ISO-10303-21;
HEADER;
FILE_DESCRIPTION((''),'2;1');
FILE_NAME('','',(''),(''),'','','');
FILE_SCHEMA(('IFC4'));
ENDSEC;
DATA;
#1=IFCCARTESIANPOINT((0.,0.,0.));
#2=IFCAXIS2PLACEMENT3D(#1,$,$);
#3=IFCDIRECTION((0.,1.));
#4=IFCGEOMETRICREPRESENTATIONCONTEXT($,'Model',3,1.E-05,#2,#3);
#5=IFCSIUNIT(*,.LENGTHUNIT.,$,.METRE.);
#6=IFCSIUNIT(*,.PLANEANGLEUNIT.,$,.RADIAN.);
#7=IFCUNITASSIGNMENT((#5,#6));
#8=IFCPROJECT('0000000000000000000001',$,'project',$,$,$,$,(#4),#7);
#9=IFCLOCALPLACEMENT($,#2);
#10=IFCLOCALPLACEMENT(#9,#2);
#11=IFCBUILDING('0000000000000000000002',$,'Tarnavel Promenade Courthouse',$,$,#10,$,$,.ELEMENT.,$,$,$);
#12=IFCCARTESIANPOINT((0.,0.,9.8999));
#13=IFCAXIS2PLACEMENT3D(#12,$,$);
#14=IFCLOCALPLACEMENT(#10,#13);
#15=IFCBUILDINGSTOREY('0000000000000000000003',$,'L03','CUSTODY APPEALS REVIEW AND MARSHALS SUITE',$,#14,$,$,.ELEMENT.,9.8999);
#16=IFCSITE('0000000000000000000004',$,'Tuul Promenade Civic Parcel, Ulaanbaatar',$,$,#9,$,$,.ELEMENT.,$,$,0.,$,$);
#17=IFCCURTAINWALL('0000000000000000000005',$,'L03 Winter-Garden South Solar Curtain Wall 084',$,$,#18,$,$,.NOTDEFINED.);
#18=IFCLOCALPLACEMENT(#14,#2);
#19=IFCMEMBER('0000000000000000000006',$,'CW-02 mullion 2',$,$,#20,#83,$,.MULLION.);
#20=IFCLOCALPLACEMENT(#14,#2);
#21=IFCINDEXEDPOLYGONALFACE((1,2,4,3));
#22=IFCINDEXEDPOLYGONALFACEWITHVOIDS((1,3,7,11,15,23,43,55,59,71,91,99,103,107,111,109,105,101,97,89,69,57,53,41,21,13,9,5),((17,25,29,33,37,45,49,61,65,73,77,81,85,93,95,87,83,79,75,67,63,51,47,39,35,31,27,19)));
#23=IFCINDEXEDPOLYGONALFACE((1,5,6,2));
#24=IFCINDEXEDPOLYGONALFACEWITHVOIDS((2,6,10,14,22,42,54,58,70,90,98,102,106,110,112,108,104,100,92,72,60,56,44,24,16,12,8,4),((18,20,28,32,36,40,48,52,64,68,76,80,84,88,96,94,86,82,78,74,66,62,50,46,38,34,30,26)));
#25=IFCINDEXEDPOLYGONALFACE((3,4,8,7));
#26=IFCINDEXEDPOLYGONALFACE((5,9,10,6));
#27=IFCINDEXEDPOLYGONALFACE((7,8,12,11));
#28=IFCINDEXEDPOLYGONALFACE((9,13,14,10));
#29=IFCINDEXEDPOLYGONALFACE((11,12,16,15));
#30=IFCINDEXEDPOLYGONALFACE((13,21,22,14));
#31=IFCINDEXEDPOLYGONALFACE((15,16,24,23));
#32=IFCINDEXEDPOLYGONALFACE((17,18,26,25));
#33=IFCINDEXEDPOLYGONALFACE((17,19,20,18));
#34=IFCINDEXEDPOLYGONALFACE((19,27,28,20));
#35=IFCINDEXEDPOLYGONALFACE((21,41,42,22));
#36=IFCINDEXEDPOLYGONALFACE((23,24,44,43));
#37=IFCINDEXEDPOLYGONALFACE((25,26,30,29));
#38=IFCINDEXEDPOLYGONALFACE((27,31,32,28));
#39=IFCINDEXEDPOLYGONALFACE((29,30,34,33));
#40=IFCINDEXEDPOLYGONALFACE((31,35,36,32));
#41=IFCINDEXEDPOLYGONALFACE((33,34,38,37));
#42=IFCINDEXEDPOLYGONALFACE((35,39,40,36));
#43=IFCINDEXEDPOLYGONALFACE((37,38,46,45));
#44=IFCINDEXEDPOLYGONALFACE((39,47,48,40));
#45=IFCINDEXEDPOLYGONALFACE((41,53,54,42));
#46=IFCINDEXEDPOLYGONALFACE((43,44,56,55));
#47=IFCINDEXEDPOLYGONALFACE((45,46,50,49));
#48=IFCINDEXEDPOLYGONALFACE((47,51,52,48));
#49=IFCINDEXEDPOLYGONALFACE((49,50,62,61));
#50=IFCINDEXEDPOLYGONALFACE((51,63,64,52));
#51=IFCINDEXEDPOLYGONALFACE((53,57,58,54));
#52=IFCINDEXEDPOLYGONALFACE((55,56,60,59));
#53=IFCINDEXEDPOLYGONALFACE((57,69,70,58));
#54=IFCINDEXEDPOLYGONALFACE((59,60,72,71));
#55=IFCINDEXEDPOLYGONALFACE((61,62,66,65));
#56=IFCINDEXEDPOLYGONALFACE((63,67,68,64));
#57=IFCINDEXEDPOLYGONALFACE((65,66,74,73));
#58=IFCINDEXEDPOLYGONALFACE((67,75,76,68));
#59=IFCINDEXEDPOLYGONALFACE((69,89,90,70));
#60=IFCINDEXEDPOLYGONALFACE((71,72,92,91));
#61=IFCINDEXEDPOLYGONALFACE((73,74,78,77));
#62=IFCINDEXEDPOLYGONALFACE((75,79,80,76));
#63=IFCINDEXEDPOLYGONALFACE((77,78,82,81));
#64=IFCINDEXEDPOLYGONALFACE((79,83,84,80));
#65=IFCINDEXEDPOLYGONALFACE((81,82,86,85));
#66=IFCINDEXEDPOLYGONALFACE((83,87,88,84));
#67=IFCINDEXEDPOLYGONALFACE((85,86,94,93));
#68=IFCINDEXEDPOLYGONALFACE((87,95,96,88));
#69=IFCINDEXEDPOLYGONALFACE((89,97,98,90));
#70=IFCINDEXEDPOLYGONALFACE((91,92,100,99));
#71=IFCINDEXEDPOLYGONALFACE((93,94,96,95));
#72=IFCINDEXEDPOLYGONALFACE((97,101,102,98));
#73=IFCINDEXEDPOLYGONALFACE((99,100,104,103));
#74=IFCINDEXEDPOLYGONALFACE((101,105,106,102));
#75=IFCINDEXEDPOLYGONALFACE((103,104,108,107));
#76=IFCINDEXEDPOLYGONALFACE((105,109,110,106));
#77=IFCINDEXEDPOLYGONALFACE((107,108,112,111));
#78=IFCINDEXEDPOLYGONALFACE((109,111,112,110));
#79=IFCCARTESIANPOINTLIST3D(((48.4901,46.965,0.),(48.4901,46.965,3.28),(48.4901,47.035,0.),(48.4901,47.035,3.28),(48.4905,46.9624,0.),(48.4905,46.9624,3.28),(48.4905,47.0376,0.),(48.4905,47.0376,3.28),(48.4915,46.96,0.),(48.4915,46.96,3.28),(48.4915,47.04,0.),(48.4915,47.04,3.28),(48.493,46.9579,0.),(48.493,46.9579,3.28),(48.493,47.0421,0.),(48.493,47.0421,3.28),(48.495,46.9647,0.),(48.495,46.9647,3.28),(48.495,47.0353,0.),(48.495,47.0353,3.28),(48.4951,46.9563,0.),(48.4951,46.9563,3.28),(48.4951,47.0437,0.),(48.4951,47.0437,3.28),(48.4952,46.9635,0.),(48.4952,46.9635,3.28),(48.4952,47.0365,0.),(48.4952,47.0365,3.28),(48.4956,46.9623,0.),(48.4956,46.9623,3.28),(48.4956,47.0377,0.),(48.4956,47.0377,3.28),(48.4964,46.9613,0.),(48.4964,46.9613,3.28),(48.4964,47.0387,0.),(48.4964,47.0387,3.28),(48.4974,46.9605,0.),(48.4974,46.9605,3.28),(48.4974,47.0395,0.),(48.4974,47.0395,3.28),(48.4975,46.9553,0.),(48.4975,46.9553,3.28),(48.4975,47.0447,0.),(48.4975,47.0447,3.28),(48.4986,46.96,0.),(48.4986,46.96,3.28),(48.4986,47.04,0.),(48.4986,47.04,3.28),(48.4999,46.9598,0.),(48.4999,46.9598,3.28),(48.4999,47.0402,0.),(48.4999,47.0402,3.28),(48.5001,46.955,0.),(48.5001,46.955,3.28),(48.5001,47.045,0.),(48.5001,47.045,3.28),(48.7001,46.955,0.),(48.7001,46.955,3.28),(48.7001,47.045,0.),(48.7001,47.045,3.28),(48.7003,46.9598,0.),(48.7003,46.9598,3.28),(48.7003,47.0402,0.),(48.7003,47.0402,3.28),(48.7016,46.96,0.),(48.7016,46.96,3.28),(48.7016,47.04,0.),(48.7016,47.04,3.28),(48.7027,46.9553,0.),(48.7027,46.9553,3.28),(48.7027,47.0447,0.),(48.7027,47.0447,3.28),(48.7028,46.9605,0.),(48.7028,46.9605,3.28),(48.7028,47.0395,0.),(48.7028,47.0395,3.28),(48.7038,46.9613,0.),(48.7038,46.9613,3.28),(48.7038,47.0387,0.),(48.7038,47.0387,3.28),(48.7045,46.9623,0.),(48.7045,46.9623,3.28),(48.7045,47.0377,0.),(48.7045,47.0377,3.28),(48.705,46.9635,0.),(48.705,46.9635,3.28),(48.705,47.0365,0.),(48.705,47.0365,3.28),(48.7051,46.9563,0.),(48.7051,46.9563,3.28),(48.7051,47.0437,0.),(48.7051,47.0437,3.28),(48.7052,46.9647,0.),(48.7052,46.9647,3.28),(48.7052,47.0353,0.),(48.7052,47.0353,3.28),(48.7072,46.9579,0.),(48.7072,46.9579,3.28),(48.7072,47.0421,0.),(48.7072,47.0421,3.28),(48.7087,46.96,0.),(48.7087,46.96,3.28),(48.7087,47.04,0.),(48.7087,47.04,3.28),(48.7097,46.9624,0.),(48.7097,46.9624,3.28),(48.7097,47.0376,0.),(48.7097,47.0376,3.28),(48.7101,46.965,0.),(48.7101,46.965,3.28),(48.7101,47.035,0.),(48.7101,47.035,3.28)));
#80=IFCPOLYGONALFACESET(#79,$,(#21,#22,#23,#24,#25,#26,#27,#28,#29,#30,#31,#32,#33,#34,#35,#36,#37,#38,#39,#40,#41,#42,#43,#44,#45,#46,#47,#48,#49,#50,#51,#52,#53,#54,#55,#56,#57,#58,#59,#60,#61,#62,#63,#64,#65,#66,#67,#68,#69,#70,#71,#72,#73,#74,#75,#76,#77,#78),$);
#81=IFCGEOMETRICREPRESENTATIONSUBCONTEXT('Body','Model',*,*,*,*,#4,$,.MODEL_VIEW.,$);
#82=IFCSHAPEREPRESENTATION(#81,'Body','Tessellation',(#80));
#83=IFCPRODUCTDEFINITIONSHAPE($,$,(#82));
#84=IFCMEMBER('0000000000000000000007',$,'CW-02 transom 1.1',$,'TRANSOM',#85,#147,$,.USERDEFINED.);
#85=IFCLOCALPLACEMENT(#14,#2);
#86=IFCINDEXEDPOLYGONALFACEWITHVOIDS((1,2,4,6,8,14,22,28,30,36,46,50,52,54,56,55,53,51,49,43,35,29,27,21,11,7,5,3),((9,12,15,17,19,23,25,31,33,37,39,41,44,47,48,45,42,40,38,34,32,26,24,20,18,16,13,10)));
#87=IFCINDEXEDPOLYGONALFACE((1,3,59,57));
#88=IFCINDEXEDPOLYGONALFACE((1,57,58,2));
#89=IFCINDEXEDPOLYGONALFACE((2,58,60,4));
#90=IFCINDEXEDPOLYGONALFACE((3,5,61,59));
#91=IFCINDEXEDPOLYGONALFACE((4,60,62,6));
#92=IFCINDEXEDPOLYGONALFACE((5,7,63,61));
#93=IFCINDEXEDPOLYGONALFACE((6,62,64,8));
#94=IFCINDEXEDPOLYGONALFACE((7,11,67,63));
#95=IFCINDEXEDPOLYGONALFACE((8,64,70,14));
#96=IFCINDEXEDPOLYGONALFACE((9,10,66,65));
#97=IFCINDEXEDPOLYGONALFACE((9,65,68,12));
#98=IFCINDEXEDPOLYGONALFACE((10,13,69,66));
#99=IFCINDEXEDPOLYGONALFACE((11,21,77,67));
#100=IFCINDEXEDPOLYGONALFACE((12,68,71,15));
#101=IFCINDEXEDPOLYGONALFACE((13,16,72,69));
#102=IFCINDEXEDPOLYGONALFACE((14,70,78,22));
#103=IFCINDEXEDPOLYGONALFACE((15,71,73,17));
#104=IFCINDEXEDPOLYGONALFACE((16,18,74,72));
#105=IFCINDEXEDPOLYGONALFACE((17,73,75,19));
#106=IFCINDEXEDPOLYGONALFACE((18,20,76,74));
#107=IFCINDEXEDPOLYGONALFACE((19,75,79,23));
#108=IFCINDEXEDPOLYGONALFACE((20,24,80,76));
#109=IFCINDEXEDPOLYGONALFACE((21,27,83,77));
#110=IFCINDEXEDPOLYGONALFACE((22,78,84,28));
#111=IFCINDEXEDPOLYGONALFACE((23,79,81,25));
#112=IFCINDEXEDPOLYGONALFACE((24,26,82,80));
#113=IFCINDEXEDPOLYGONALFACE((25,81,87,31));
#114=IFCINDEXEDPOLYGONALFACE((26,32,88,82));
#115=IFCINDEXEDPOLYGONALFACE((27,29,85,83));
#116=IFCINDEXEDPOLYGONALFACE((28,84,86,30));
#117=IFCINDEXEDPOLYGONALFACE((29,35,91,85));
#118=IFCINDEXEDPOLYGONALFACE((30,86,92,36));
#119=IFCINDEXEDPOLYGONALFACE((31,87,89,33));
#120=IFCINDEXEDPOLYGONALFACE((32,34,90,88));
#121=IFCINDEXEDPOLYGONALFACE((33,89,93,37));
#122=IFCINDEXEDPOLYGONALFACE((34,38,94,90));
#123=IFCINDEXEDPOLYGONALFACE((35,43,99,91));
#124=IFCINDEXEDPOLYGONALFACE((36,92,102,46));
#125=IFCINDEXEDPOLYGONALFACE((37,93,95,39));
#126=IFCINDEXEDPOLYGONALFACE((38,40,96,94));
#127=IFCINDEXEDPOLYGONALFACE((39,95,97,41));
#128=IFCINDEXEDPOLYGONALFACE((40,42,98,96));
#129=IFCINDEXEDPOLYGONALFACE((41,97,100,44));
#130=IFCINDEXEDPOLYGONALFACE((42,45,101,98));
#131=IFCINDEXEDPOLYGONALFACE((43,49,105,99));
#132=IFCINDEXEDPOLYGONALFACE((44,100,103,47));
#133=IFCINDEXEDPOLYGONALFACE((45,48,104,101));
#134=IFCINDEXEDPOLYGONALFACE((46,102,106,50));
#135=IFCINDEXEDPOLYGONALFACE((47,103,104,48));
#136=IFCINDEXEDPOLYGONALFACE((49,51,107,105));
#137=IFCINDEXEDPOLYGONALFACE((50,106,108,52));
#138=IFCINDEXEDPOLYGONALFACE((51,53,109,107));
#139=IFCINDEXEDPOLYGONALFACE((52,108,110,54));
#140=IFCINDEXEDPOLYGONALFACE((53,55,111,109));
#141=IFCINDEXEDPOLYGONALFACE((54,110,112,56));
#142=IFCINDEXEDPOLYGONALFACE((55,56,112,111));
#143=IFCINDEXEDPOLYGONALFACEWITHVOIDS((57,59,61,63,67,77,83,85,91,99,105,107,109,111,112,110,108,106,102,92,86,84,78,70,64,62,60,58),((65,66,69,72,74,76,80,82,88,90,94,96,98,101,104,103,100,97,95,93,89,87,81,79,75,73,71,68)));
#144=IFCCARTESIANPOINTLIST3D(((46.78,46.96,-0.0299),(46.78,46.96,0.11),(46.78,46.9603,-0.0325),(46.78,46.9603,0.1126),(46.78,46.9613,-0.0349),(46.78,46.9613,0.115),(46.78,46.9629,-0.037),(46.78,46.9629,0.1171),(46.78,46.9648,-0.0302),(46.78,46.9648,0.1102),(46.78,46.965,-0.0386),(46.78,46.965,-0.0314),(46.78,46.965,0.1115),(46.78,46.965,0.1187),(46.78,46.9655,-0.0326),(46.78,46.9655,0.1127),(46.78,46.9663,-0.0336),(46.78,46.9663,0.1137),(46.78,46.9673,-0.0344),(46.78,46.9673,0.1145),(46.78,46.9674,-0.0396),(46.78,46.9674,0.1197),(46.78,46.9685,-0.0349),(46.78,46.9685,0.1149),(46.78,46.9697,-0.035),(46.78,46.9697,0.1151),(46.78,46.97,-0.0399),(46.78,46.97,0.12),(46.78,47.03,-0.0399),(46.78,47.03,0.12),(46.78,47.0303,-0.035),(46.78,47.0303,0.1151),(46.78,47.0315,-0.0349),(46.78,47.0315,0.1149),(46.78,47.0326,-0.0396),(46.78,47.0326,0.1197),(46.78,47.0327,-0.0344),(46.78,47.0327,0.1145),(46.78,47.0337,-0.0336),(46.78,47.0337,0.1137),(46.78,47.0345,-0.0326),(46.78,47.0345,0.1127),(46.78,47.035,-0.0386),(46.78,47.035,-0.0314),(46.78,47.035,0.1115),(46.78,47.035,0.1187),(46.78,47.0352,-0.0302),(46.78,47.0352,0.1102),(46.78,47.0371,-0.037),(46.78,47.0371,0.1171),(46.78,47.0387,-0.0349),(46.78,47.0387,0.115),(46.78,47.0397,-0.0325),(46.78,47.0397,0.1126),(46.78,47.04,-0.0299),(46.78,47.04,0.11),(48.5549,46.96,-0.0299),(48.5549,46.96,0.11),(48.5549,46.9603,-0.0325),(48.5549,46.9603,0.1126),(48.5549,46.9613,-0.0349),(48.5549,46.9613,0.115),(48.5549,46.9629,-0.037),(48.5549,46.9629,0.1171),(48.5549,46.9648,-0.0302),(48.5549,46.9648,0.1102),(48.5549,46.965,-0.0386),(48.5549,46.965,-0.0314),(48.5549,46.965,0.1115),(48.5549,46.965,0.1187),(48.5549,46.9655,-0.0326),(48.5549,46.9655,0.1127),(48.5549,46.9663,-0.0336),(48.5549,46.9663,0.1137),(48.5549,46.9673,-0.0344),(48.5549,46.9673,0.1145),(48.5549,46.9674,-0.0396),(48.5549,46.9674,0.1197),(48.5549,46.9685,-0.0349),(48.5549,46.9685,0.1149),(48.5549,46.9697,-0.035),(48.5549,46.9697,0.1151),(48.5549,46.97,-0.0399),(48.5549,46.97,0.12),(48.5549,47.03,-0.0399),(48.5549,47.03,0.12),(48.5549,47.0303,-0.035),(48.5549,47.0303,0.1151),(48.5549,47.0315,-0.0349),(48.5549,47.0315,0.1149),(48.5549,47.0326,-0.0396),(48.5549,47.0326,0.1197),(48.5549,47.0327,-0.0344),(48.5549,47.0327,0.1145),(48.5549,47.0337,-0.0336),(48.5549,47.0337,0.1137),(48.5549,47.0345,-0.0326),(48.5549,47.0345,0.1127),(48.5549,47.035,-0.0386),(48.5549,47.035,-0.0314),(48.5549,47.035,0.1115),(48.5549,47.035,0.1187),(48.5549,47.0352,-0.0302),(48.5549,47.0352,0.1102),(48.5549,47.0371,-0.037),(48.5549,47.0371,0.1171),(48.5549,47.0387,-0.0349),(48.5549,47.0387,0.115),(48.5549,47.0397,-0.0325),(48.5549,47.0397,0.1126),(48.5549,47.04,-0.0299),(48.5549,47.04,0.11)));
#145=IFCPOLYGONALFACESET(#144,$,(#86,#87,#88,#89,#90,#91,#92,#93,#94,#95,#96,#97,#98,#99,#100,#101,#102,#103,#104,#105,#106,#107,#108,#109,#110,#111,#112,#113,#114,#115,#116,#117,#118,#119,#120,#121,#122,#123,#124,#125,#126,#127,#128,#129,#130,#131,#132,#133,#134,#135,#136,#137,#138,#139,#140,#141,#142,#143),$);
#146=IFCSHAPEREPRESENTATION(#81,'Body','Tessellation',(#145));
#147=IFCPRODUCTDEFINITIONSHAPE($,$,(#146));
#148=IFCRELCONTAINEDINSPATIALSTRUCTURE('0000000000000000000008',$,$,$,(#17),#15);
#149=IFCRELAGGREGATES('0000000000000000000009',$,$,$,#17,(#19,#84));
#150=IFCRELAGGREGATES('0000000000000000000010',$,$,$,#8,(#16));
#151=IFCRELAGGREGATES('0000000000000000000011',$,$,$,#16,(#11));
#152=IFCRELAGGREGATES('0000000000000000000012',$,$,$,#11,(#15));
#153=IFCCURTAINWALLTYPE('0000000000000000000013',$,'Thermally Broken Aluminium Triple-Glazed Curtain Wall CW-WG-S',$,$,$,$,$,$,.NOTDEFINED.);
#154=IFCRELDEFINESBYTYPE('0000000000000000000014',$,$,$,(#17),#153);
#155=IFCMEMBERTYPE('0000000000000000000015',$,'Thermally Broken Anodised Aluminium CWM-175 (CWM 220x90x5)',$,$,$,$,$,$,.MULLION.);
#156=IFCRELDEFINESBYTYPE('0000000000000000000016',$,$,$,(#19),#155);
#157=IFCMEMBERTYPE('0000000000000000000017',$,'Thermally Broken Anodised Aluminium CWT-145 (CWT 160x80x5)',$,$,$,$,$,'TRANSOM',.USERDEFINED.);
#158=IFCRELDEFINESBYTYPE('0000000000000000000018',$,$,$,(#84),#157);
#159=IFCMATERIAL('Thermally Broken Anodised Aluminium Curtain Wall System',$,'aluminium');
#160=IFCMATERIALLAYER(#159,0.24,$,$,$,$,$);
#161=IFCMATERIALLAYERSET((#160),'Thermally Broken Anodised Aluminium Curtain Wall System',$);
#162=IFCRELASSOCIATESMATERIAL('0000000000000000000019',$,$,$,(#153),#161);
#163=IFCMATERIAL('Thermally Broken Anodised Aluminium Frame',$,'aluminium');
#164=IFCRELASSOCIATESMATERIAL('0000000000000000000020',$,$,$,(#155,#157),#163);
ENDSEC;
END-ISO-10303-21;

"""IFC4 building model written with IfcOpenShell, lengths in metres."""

from ifc_helpers import new_model, si_unit, direction, frame, origin, origin_2d, place, context, subcontext, project, spatial, hollow_rectangle, extrude, material, layer, layer_set, material_profile, profile_set, type_object, element, aggregate, save


model = new_model("IFC4")

# Units and contexts
model_context = context("Model", 3, precision=1e-05, world=origin(), true_north=direction((0.0, 1.0)))
body_context = subcontext(model_context, "Body", "Model", "MODEL_VIEW")
ifc_project = project(units=[si_unit("LENGTHUNIT", "METRE"), si_unit("PLANEANGLEUNIT", "RADIAN")], contexts=[model_context])

# Site, building, storey
site_placement = place(None, origin())
site = spatial("IfcSite", under=ifc_project, at=site_placement, Name="Tuul Promenade Civic Parcel, Ulaanbaatar", CompositionType="ELEMENT", RefElevation=0.0)
building_placement = place(site_placement, origin())
building = spatial("IfcBuilding", under=site, at=building_placement, Name="Tarnavel Promenade Courthouse", CompositionType="ELEMENT")
storey_placement = place(building_placement, frame((0.0, 0.0, 9.8999)))
storey = spatial("IfcBuildingStorey", under=building, at=storey_placement, Name="L03", Description="CUSTODY APPEALS REVIEW AND MARSHALS SUITE", CompositionType="ELEMENT", Elevation=9.8999)

# Shared definitions
ifc_material_1 = material(Name="Thermally Broken Anodised Aluminium Curtain Wall System", Category="aluminium")
ifc_layer_1 = layer(ifc_material_1, 0.24)
ifc_layer_set_1 = layer_set([ifc_layer_1], Name="Thermally Broken Anodised Aluminium Curtain Wall System")
curtain_wall_type = type_object("IfcCurtainWallType", Name="Thermally Broken Aluminium Triple-Glazed Curtain Wall CW-WG-S", PredefinedType="NOTDEFINED", material=ifc_layer_set_1)
ifc_material_2 = material(Name="Thermally Broken Anodised Aluminium Frame", Category="aluminium")
ifc_material_profile_1 = material_profile(ifc_material_2, hollow_rectangle(XDim=0.0901, YDim=0.22, WallThickness=0.0049, InnerFilletRadius=0.0049, OuterFilletRadius=0.01, at=origin_2d()), Name="CWM 220x90x5")
ifc_profile_set_1 = profile_set([ifc_material_profile_1], Name="Thermally Broken Anodised Aluminium Frame")
member_type_1 = type_object("IfcMemberType", Name="Thermally Broken Anodised Aluminium CWM-175 (CWM 220x90x5)", PredefinedType="MULLION", material=ifc_profile_set_1)

# Curtain wall, members
curtain_wall_1_placement = place(storey_placement, origin())
curtain_wall_1 = element("IfcCurtainWall", 1, at=curtain_wall_1_placement, inside=storey, type_object=curtain_wall_type, Name="L03 Winter-Garden South Solar Curtain Wall 084", PredefinedType="NOTDEFINED")
member_1_placement = place(storey_placement, frame((48.6001, 47.0, 0.0), z_axis=(0.0, 0.0, 1.0), x_axis=(0.0, 1.0, 0.0)))
member_1 = element("IfcMember", 2, at=member_1_placement, type_object=member_type_1, Name="CW-02 mullion 2", PredefinedType="MULLION", context=body_context, shape_type="SweptSolid", body=[
    extrude(hollow_rectangle(XDim=0.0901, YDim=0.22, WallThickness=0.0049, InnerFilletRadius=0.0049, OuterFilletRadius=0.01, at=origin_2d()), origin(), (0.0, 0.0, 1.0), 3.28),
])
ifc_material_profile_2 = material_profile(ifc_material_2, hollow_rectangle(XDim=0.0801, YDim=0.1599, WallThickness=0.0049, InnerFilletRadius=0.0049, OuterFilletRadius=0.01, at=origin_2d()), Name="CWT 160x80x5")
ifc_profile_set_2 = profile_set([ifc_material_profile_2], Name="Thermally Broken Anodised Aluminium Frame")
member_type_2 = type_object("IfcMemberType", Name="Thermally Broken Anodised Aluminium CWT-145 (CWT 160x80x5)", ElementType="TRANSOM", PredefinedType="USERDEFINED", material=ifc_profile_set_2)
member_2_placement = place(storey_placement, frame((46.78, 47.0, 0.04), z_axis=(1.0, 0.0, 0.0), x_axis=(0.0, 1.0, 0.0)))
member_2 = element("IfcMember", 3, at=member_2_placement, type_object=member_type_2, Name="CW-02 transom 1.1", ObjectType="TRANSOM", PredefinedType="USERDEFINED", context=body_context, shape_type="SweptSolid", body=[
    extrude(hollow_rectangle(XDim=0.0801, YDim=0.1599, WallThickness=0.0049, InnerFilletRadius=0.0049, OuterFilletRadius=0.01, at=origin_2d()), origin(), (0.0, 0.0, 1.0), 1.7749),
])

aggregate(curtain_wall_1, [member_1, member_2])

save(model, "model.ifc")
